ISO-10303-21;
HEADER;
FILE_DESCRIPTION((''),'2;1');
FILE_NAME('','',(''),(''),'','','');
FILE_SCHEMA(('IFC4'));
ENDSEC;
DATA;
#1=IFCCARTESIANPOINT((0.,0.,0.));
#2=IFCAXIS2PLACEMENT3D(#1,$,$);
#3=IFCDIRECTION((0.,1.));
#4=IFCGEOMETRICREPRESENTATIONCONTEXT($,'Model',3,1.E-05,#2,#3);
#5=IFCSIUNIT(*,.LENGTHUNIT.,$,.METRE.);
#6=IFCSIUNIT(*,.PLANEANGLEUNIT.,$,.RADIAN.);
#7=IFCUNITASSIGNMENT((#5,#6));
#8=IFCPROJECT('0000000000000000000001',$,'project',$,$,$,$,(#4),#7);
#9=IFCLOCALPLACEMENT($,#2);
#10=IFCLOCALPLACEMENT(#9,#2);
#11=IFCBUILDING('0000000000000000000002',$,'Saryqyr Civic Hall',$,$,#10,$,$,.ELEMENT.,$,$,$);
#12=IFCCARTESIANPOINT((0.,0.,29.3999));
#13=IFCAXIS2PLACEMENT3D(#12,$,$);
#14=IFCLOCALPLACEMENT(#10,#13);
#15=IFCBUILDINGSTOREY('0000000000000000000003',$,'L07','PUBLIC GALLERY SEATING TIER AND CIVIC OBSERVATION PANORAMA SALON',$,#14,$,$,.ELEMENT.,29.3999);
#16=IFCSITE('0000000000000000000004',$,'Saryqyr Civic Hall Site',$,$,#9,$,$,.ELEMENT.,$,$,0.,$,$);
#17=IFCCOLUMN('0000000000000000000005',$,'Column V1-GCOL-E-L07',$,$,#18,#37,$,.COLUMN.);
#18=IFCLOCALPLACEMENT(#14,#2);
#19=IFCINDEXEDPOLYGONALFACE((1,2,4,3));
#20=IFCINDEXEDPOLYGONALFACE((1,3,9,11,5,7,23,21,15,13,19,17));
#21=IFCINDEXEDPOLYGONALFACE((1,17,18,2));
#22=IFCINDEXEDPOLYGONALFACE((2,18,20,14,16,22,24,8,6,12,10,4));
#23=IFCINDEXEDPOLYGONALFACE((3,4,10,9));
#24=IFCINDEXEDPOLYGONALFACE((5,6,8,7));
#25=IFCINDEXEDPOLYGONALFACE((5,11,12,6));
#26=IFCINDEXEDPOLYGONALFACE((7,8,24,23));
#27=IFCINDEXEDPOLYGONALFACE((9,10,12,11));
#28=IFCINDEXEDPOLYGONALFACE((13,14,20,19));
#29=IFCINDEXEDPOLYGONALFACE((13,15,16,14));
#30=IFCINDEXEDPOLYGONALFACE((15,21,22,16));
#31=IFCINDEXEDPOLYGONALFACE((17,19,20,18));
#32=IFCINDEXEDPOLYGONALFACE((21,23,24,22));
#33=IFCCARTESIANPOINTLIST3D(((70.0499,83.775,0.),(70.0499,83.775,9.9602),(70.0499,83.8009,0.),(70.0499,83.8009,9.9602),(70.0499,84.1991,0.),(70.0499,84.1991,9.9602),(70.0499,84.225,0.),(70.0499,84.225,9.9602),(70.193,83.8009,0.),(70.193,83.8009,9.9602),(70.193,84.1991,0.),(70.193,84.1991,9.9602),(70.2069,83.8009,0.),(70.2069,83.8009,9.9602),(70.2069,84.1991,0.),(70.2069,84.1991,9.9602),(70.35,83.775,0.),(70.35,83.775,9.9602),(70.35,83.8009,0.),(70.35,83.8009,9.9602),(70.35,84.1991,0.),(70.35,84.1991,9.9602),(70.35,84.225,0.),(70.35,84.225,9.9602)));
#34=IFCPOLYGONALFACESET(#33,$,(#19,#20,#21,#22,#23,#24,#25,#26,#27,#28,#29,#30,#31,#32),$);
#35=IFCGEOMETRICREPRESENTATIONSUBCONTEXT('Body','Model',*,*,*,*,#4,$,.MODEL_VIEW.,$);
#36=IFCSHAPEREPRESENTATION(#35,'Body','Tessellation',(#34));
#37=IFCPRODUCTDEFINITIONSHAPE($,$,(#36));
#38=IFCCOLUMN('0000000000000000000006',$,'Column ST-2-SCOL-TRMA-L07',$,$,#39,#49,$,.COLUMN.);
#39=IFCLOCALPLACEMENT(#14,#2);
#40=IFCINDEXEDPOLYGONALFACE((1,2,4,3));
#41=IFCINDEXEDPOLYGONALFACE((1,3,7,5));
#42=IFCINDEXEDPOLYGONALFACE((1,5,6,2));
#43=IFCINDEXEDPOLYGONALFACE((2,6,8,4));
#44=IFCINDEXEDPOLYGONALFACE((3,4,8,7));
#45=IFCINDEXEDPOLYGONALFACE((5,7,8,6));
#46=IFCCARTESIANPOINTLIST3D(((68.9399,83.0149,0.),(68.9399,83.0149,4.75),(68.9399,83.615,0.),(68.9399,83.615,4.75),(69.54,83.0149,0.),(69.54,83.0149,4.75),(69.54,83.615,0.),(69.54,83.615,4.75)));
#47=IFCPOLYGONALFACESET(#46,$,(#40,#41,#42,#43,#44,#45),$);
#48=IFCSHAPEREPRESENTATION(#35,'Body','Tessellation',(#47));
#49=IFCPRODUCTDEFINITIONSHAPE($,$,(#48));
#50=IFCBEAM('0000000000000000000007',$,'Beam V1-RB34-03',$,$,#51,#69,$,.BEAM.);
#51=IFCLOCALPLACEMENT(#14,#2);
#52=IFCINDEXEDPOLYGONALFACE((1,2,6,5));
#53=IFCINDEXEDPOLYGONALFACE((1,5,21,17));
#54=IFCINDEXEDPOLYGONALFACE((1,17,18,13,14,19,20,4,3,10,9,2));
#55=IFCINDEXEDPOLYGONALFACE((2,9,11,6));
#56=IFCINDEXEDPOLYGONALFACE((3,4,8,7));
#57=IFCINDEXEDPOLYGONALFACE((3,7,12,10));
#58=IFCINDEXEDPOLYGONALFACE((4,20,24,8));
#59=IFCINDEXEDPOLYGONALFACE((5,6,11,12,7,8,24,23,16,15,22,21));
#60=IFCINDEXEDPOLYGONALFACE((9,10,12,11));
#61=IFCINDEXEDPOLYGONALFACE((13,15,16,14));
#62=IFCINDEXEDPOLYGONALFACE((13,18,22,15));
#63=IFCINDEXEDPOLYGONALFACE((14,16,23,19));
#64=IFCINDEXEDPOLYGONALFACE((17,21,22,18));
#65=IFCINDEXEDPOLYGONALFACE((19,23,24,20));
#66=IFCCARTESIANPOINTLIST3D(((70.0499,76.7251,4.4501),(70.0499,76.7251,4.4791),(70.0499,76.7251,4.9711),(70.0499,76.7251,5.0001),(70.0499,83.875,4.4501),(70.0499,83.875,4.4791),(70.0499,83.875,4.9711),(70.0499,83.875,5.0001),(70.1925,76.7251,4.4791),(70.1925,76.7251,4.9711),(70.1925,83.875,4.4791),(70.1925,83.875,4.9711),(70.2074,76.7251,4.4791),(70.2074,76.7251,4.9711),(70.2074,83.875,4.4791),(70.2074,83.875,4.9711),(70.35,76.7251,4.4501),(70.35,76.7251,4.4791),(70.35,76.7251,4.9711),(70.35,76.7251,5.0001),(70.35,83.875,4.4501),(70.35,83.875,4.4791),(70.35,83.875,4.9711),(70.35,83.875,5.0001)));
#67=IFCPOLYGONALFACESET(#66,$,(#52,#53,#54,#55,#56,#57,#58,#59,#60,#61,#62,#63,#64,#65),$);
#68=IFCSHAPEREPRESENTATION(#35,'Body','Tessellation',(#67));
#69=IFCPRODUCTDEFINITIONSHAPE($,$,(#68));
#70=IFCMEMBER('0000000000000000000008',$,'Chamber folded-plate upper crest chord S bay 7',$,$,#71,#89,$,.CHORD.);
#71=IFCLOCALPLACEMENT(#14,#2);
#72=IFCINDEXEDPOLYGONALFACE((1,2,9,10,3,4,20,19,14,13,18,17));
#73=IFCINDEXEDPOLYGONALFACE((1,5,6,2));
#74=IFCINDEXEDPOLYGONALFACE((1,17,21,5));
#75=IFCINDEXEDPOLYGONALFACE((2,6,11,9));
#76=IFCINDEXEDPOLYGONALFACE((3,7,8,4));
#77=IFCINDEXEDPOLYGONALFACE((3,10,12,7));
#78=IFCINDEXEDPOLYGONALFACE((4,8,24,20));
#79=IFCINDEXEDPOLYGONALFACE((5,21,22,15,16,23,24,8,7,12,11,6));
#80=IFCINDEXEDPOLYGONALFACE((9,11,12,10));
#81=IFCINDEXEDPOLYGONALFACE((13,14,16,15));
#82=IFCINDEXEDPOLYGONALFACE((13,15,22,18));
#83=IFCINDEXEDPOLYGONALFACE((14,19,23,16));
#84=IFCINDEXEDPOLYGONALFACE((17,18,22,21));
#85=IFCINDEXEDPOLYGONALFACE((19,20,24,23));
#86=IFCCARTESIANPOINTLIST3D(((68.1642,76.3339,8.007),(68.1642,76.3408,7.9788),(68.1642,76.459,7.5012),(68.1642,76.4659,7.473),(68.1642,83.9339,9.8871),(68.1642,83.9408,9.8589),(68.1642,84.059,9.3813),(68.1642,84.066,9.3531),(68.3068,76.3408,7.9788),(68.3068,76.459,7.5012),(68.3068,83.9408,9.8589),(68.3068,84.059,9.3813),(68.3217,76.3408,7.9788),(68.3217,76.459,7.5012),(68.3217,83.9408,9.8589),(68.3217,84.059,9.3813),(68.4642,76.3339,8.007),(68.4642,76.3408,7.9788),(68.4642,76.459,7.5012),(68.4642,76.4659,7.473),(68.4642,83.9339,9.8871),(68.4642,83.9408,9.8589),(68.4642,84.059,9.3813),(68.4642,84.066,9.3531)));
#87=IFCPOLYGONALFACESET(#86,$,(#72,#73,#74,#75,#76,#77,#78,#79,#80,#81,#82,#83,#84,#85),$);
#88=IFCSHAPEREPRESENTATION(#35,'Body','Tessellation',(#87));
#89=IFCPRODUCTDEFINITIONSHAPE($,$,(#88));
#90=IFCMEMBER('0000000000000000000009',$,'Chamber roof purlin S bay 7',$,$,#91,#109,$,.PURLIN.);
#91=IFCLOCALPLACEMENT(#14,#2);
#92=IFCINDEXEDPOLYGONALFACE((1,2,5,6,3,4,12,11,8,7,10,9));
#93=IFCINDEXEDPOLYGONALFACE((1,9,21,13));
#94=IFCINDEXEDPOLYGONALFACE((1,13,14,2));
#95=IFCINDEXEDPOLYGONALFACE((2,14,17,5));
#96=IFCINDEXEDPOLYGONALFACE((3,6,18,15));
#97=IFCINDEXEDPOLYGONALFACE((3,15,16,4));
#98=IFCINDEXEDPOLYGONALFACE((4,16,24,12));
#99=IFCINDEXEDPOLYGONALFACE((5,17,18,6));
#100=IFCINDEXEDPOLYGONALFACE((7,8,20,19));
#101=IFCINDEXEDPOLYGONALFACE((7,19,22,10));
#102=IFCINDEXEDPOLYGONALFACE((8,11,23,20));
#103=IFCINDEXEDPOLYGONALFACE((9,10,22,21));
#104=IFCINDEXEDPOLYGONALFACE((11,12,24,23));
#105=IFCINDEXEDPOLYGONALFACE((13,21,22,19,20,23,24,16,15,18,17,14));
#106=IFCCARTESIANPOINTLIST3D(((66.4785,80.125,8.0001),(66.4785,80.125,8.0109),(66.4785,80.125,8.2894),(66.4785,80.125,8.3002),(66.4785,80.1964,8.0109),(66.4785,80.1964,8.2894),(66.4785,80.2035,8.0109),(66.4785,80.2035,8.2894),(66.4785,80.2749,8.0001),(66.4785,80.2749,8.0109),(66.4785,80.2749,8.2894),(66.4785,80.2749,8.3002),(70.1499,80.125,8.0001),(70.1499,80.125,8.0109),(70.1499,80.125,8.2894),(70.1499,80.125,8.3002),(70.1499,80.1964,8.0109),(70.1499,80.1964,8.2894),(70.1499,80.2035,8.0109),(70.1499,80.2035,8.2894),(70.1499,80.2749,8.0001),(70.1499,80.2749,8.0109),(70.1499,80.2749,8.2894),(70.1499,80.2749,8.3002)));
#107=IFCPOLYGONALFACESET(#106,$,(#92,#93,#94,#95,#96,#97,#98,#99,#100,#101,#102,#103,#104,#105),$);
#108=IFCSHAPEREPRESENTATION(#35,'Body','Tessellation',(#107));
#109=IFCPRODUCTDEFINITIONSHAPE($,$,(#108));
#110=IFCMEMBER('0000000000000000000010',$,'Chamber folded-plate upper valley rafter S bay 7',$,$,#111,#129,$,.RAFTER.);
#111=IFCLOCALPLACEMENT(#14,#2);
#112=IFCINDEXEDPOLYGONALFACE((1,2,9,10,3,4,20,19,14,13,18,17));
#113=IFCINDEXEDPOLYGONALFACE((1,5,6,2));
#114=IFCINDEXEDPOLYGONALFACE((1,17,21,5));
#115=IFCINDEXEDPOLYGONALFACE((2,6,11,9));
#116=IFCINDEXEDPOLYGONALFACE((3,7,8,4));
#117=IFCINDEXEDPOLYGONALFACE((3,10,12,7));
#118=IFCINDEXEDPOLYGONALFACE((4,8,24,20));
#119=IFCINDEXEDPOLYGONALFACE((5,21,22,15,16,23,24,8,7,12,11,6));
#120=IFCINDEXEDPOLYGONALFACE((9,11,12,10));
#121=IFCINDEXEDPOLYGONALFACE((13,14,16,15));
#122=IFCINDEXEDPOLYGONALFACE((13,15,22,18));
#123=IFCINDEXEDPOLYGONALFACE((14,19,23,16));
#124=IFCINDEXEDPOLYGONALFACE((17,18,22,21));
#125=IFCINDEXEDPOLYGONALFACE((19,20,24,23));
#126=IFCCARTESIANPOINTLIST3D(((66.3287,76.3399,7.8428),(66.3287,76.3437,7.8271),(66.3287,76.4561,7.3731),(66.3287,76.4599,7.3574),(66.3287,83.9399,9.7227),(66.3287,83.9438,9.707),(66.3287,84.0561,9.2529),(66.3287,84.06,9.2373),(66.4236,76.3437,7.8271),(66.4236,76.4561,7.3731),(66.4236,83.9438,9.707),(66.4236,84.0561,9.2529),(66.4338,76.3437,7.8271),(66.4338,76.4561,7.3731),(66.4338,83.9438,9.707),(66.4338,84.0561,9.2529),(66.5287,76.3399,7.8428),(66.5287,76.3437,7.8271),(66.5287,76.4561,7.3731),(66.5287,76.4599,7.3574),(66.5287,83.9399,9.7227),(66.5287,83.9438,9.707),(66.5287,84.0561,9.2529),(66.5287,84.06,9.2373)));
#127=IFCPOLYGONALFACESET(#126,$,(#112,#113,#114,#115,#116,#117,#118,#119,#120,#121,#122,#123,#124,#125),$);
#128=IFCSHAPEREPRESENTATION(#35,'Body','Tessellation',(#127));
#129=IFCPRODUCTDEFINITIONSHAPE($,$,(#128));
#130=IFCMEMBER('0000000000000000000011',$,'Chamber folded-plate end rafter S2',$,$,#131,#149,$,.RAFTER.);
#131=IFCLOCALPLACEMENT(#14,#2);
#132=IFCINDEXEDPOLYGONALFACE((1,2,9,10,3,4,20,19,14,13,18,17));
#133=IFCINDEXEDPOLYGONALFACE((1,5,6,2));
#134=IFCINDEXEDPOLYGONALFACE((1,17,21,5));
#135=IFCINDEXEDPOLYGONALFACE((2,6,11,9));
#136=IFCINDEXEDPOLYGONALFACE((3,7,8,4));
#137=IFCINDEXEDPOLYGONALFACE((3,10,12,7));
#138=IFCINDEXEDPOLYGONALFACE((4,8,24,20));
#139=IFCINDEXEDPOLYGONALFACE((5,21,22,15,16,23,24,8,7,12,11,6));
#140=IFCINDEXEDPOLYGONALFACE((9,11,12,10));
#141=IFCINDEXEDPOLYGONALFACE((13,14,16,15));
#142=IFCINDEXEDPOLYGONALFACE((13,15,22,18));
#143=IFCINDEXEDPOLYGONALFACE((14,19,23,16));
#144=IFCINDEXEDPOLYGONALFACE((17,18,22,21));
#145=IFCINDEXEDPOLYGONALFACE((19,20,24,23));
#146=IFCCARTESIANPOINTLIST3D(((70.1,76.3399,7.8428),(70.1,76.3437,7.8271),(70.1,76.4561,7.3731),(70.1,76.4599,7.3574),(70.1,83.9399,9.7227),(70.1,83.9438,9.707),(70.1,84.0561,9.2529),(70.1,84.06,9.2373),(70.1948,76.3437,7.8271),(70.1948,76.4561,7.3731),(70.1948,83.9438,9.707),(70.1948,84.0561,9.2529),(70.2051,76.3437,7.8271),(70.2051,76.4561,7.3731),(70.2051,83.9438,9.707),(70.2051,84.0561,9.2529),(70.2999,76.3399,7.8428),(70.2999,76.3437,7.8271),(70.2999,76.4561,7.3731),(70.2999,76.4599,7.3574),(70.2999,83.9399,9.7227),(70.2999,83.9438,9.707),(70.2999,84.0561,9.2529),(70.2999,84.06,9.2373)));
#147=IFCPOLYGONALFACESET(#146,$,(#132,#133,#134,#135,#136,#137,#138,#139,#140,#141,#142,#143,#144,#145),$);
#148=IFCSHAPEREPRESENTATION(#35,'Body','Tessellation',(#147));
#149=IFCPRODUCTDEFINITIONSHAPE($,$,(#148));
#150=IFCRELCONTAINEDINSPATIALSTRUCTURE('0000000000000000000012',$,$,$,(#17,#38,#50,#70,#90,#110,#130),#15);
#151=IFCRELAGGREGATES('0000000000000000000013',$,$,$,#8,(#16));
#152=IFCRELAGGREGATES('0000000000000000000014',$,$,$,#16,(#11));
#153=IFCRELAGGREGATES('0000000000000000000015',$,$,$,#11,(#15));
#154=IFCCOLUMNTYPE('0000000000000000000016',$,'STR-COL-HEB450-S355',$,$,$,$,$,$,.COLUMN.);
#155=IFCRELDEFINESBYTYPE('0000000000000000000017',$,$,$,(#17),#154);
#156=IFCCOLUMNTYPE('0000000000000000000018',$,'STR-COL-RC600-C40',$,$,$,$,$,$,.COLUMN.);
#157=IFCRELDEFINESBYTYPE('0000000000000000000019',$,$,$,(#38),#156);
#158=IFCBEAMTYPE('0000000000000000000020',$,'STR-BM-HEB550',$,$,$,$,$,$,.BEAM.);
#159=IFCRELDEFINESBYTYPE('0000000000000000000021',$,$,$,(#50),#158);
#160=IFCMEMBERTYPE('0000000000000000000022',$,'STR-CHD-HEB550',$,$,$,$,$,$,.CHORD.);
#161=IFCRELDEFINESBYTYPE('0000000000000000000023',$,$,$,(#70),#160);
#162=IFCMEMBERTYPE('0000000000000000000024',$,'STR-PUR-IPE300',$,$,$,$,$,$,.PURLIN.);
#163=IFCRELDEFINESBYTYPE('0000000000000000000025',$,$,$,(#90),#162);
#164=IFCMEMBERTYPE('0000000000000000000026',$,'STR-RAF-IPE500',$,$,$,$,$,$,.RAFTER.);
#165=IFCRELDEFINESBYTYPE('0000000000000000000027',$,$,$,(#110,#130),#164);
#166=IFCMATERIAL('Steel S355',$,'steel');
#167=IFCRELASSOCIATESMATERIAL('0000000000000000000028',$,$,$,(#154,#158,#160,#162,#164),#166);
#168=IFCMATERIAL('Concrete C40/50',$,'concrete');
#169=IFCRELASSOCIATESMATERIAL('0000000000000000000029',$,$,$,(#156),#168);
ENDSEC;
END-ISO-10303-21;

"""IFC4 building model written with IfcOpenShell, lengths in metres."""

from ifc_helpers import new_model, si_unit, direction, frame, origin, origin_2d, place, context, subcontext, project, spatial, rectangle, i_section, extrude, material, material_profile, profile_set, type_object, element, save


model = new_model("IFC4")

# Units and contexts
model_context = context("Model", 3, precision=1e-05, world=origin(), true_north=direction((0.0, 1.0)))
body_context = subcontext(model_context, "Body", "Model", "MODEL_VIEW")
ifc_project = project(units=[si_unit("LENGTHUNIT", "METRE"), si_unit("PLANEANGLEUNIT", "RADIAN")], contexts=[model_context])

# Site, building, storey
site_placement = place(None, origin())
site = spatial("IfcSite", under=ifc_project, at=site_placement, Name="Saryqyr Civic Hall Site", CompositionType="ELEMENT", RefElevation=0.0)
building_placement = place(site_placement, origin())
building = spatial("IfcBuilding", under=site, at=building_placement, Name="Saryqyr Civic Hall", CompositionType="ELEMENT")
storey_placement = place(building_placement, frame((0.0, 0.0, 29.3999)))
storey = spatial("IfcBuildingStorey", under=building, at=storey_placement, Name="L07", Description="PUBLIC GALLERY SEATING TIER AND CIVIC OBSERVATION PANORAMA SALON", CompositionType="ELEMENT", Elevation=29.3999)

# Columns
ifc_material_1 = material(Name="Steel S355", Category="steel")
ifc_material_profile_1 = material_profile(ifc_material_1, i_section(OverallWidth=0.3, OverallDepth=0.45, WebThickness=0.0139, FlangeThickness=0.0259, at=origin_2d()), Name="HEB 450")
ifc_profile_set_1 = profile_set([ifc_material_profile_1], Name="Steel S355")
column_type_1 = type_object("IfcColumnType", Name="STR-COL-HEB450-S355", PredefinedType="COLUMN", material=ifc_profile_set_1)
column_1_placement = place(storey_placement, frame((70.2, 84.0, 0.0), z_axis=(0.0, 0.0, 1.0), x_axis=(1.0, 0.0, 0.0)))
element("IfcColumn", 1, at=column_1_placement, inside=storey, type_object=column_type_1, Name="Column V1-GCOL-E-L07", PredefinedType="COLUMN", context=body_context, shape_type="SweptSolid", body=[
    extrude(i_section(OverallWidth=0.3, OverallDepth=0.45, WebThickness=0.0139, FlangeThickness=0.0259, at=origin_2d()), origin(), (0.0, 0.0, 1.0), 9.9602),
])
ifc_material_2 = material(Name="Concrete C40/50", Category="concrete")
ifc_material_profile_2 = material_profile(ifc_material_2, rectangle(XDim=0.6001, YDim=0.6001, at=origin_2d()), Name="RC 600x600")
ifc_profile_set_2 = profile_set([ifc_material_profile_2], Name="Concrete C40/50")
column_type_2 = type_object("IfcColumnType", Name="STR-COL-RC600-C40", PredefinedType="COLUMN", material=ifc_profile_set_2)
column_2_placement = place(storey_placement, frame((69.24, 83.3149, 0.0), z_axis=(0.0, 0.0, 1.0), x_axis=(1.0, 0.0, 0.0)))
element("IfcColumn", 2, at=column_2_placement, inside=storey, type_object=column_type_2, Name="Column ST-2-SCOL-TRMA-L07", PredefinedType="COLUMN", context=body_context, shape_type="SweptSolid", body=[
    extrude(rectangle(XDim=0.6001, YDim=0.6001, at=origin_2d()), origin(), (0.0, 0.0, 1.0), 4.75),
])

# Beam
ifc_material_profile_3 = material_profile(ifc_material_1, i_section(OverallWidth=0.3, OverallDepth=0.55, WebThickness=0.0149, FlangeThickness=0.0291, at=origin_2d()), Name="HEB 550")
ifc_profile_set_3 = profile_set([ifc_material_profile_3], Name="Steel S355")
beam_type = type_object("IfcBeamType", Name="STR-BM-HEB550", PredefinedType="BEAM", material=ifc_profile_set_3)
beam_placement = place(storey_placement, frame((70.2, 76.7251, 4.7251), z_axis=(0.0, 1.0, 0.0), x_axis=(-1.0, 0.0, 0.0)))
element("IfcBeam", 3, at=beam_placement, inside=storey, type_object=beam_type, Name="Beam V1-RB34-03", PredefinedType="BEAM", context=body_context, shape_type="SweptSolid", body=[
    extrude(i_section(OverallWidth=0.3, OverallDepth=0.55, WebThickness=0.0149, FlangeThickness=0.0291, at=origin_2d()), origin(), (0.0, 0.0, 1.0), 7.1499),
])

# Members
ifc_material_profile_4 = material_profile(ifc_material_1, i_section(OverallWidth=0.3, OverallDepth=0.55, WebThickness=0.0149, FlangeThickness=0.0291, at=origin_2d()), Name="HEB 550")
ifc_profile_set_4 = profile_set([ifc_material_profile_4], Name="Steel S355")
member_type_1 = type_object("IfcMemberType", Name="STR-CHD-HEB550", PredefinedType="CHORD", material=ifc_profile_set_4)
member_1_placement = place(storey_placement, frame((68.3142, 76.3999, 7.74), z_axis=(0.0, 0.970738, 0.240143), x_axis=(-1.0, 0.0, 0.0)))
element("IfcMember", 4, at=member_1_placement, inside=storey, type_object=member_type_1, Name="Chamber folded-plate upper crest chord S bay 7", PredefinedType="CHORD", context=body_context, shape_type="SweptSolid", body=[
    extrude(i_section(OverallWidth=0.3, OverallDepth=0.55, WebThickness=0.0149, FlangeThickness=0.0291, at=origin_2d()), origin(), (0.0, 0.0, 1.0), 7.8291),
])
ifc_material_profile_5 = material_profile(ifc_material_1, i_section(OverallWidth=0.1499, OverallDepth=0.3, WebThickness=0.0071, FlangeThickness=0.0107, at=origin_2d()), Name="IPE 300")
ifc_profile_set_5 = profile_set([ifc_material_profile_5], Name="Steel S355")
member_type_2 = type_object("IfcMemberType", Name="STR-PUR-IPE300", PredefinedType="PURLIN", material=ifc_profile_set_5)
member_2_placement = place(storey_placement, frame((66.4785, 80.2, 8.1501), z_axis=(1.0, 0.0, 0.0), x_axis=(0.0, 1.0, 0.0)))
element("IfcMember", 5, at=member_2_placement, inside=storey, type_object=member_type_2, Name="Chamber roof purlin S bay 7", PredefinedType="PURLIN", context=body_context, shape_type="SweptSolid", body=[
    extrude(i_section(OverallWidth=0.1499, OverallDepth=0.3, WebThickness=0.0071, FlangeThickness=0.0107, at=origin_2d()), origin(), (0.0, 0.0, 1.0), 3.6714),
])
ifc_material_profile_6 = material_profile(ifc_material_1, i_section(OverallWidth=0.2, OverallDepth=0.5, WebThickness=0.0103, FlangeThickness=0.0161, at=origin_2d()), Name="IPE 500")
ifc_profile_set_6 = profile_set([ifc_material_profile_6], Name="Steel S355")
member_type_3 = type_object("IfcMemberType", Name="STR-RAF-IPE500", PredefinedType="RAFTER", material=ifc_profile_set_6)
for number, where, z_axis, x_axis, name in (
    (6, (66.4287, 76.3999, 7.6001), (0.0, 0.970745, 0.240114), (-1.0, 0.0, 0.0), "Chamber folded-plate upper valley rafter S bay 7"),
    (7, (70.2, 76.3999, 7.6001), (0.0, 0.970745, 0.240114), (-1.0, 0.0, 0.0), "Chamber folded-plate end rafter S2"),
):
    element("IfcMember", number, at=place(storey_placement, frame(where, z_axis=z_axis, x_axis=x_axis)), inside=storey, type_object=member_type_3, Name=name, PredefinedType="RAFTER", context=body_context, shape_type="SweptSolid", body=[
        extrude(i_section(OverallWidth=0.2, OverallDepth=0.5, WebThickness=0.0103, FlangeThickness=0.0161, at=origin_2d()), origin(), (0.0, 0.0, 1.0), 7.8291),
    ])

save(model, "model.ifc")
